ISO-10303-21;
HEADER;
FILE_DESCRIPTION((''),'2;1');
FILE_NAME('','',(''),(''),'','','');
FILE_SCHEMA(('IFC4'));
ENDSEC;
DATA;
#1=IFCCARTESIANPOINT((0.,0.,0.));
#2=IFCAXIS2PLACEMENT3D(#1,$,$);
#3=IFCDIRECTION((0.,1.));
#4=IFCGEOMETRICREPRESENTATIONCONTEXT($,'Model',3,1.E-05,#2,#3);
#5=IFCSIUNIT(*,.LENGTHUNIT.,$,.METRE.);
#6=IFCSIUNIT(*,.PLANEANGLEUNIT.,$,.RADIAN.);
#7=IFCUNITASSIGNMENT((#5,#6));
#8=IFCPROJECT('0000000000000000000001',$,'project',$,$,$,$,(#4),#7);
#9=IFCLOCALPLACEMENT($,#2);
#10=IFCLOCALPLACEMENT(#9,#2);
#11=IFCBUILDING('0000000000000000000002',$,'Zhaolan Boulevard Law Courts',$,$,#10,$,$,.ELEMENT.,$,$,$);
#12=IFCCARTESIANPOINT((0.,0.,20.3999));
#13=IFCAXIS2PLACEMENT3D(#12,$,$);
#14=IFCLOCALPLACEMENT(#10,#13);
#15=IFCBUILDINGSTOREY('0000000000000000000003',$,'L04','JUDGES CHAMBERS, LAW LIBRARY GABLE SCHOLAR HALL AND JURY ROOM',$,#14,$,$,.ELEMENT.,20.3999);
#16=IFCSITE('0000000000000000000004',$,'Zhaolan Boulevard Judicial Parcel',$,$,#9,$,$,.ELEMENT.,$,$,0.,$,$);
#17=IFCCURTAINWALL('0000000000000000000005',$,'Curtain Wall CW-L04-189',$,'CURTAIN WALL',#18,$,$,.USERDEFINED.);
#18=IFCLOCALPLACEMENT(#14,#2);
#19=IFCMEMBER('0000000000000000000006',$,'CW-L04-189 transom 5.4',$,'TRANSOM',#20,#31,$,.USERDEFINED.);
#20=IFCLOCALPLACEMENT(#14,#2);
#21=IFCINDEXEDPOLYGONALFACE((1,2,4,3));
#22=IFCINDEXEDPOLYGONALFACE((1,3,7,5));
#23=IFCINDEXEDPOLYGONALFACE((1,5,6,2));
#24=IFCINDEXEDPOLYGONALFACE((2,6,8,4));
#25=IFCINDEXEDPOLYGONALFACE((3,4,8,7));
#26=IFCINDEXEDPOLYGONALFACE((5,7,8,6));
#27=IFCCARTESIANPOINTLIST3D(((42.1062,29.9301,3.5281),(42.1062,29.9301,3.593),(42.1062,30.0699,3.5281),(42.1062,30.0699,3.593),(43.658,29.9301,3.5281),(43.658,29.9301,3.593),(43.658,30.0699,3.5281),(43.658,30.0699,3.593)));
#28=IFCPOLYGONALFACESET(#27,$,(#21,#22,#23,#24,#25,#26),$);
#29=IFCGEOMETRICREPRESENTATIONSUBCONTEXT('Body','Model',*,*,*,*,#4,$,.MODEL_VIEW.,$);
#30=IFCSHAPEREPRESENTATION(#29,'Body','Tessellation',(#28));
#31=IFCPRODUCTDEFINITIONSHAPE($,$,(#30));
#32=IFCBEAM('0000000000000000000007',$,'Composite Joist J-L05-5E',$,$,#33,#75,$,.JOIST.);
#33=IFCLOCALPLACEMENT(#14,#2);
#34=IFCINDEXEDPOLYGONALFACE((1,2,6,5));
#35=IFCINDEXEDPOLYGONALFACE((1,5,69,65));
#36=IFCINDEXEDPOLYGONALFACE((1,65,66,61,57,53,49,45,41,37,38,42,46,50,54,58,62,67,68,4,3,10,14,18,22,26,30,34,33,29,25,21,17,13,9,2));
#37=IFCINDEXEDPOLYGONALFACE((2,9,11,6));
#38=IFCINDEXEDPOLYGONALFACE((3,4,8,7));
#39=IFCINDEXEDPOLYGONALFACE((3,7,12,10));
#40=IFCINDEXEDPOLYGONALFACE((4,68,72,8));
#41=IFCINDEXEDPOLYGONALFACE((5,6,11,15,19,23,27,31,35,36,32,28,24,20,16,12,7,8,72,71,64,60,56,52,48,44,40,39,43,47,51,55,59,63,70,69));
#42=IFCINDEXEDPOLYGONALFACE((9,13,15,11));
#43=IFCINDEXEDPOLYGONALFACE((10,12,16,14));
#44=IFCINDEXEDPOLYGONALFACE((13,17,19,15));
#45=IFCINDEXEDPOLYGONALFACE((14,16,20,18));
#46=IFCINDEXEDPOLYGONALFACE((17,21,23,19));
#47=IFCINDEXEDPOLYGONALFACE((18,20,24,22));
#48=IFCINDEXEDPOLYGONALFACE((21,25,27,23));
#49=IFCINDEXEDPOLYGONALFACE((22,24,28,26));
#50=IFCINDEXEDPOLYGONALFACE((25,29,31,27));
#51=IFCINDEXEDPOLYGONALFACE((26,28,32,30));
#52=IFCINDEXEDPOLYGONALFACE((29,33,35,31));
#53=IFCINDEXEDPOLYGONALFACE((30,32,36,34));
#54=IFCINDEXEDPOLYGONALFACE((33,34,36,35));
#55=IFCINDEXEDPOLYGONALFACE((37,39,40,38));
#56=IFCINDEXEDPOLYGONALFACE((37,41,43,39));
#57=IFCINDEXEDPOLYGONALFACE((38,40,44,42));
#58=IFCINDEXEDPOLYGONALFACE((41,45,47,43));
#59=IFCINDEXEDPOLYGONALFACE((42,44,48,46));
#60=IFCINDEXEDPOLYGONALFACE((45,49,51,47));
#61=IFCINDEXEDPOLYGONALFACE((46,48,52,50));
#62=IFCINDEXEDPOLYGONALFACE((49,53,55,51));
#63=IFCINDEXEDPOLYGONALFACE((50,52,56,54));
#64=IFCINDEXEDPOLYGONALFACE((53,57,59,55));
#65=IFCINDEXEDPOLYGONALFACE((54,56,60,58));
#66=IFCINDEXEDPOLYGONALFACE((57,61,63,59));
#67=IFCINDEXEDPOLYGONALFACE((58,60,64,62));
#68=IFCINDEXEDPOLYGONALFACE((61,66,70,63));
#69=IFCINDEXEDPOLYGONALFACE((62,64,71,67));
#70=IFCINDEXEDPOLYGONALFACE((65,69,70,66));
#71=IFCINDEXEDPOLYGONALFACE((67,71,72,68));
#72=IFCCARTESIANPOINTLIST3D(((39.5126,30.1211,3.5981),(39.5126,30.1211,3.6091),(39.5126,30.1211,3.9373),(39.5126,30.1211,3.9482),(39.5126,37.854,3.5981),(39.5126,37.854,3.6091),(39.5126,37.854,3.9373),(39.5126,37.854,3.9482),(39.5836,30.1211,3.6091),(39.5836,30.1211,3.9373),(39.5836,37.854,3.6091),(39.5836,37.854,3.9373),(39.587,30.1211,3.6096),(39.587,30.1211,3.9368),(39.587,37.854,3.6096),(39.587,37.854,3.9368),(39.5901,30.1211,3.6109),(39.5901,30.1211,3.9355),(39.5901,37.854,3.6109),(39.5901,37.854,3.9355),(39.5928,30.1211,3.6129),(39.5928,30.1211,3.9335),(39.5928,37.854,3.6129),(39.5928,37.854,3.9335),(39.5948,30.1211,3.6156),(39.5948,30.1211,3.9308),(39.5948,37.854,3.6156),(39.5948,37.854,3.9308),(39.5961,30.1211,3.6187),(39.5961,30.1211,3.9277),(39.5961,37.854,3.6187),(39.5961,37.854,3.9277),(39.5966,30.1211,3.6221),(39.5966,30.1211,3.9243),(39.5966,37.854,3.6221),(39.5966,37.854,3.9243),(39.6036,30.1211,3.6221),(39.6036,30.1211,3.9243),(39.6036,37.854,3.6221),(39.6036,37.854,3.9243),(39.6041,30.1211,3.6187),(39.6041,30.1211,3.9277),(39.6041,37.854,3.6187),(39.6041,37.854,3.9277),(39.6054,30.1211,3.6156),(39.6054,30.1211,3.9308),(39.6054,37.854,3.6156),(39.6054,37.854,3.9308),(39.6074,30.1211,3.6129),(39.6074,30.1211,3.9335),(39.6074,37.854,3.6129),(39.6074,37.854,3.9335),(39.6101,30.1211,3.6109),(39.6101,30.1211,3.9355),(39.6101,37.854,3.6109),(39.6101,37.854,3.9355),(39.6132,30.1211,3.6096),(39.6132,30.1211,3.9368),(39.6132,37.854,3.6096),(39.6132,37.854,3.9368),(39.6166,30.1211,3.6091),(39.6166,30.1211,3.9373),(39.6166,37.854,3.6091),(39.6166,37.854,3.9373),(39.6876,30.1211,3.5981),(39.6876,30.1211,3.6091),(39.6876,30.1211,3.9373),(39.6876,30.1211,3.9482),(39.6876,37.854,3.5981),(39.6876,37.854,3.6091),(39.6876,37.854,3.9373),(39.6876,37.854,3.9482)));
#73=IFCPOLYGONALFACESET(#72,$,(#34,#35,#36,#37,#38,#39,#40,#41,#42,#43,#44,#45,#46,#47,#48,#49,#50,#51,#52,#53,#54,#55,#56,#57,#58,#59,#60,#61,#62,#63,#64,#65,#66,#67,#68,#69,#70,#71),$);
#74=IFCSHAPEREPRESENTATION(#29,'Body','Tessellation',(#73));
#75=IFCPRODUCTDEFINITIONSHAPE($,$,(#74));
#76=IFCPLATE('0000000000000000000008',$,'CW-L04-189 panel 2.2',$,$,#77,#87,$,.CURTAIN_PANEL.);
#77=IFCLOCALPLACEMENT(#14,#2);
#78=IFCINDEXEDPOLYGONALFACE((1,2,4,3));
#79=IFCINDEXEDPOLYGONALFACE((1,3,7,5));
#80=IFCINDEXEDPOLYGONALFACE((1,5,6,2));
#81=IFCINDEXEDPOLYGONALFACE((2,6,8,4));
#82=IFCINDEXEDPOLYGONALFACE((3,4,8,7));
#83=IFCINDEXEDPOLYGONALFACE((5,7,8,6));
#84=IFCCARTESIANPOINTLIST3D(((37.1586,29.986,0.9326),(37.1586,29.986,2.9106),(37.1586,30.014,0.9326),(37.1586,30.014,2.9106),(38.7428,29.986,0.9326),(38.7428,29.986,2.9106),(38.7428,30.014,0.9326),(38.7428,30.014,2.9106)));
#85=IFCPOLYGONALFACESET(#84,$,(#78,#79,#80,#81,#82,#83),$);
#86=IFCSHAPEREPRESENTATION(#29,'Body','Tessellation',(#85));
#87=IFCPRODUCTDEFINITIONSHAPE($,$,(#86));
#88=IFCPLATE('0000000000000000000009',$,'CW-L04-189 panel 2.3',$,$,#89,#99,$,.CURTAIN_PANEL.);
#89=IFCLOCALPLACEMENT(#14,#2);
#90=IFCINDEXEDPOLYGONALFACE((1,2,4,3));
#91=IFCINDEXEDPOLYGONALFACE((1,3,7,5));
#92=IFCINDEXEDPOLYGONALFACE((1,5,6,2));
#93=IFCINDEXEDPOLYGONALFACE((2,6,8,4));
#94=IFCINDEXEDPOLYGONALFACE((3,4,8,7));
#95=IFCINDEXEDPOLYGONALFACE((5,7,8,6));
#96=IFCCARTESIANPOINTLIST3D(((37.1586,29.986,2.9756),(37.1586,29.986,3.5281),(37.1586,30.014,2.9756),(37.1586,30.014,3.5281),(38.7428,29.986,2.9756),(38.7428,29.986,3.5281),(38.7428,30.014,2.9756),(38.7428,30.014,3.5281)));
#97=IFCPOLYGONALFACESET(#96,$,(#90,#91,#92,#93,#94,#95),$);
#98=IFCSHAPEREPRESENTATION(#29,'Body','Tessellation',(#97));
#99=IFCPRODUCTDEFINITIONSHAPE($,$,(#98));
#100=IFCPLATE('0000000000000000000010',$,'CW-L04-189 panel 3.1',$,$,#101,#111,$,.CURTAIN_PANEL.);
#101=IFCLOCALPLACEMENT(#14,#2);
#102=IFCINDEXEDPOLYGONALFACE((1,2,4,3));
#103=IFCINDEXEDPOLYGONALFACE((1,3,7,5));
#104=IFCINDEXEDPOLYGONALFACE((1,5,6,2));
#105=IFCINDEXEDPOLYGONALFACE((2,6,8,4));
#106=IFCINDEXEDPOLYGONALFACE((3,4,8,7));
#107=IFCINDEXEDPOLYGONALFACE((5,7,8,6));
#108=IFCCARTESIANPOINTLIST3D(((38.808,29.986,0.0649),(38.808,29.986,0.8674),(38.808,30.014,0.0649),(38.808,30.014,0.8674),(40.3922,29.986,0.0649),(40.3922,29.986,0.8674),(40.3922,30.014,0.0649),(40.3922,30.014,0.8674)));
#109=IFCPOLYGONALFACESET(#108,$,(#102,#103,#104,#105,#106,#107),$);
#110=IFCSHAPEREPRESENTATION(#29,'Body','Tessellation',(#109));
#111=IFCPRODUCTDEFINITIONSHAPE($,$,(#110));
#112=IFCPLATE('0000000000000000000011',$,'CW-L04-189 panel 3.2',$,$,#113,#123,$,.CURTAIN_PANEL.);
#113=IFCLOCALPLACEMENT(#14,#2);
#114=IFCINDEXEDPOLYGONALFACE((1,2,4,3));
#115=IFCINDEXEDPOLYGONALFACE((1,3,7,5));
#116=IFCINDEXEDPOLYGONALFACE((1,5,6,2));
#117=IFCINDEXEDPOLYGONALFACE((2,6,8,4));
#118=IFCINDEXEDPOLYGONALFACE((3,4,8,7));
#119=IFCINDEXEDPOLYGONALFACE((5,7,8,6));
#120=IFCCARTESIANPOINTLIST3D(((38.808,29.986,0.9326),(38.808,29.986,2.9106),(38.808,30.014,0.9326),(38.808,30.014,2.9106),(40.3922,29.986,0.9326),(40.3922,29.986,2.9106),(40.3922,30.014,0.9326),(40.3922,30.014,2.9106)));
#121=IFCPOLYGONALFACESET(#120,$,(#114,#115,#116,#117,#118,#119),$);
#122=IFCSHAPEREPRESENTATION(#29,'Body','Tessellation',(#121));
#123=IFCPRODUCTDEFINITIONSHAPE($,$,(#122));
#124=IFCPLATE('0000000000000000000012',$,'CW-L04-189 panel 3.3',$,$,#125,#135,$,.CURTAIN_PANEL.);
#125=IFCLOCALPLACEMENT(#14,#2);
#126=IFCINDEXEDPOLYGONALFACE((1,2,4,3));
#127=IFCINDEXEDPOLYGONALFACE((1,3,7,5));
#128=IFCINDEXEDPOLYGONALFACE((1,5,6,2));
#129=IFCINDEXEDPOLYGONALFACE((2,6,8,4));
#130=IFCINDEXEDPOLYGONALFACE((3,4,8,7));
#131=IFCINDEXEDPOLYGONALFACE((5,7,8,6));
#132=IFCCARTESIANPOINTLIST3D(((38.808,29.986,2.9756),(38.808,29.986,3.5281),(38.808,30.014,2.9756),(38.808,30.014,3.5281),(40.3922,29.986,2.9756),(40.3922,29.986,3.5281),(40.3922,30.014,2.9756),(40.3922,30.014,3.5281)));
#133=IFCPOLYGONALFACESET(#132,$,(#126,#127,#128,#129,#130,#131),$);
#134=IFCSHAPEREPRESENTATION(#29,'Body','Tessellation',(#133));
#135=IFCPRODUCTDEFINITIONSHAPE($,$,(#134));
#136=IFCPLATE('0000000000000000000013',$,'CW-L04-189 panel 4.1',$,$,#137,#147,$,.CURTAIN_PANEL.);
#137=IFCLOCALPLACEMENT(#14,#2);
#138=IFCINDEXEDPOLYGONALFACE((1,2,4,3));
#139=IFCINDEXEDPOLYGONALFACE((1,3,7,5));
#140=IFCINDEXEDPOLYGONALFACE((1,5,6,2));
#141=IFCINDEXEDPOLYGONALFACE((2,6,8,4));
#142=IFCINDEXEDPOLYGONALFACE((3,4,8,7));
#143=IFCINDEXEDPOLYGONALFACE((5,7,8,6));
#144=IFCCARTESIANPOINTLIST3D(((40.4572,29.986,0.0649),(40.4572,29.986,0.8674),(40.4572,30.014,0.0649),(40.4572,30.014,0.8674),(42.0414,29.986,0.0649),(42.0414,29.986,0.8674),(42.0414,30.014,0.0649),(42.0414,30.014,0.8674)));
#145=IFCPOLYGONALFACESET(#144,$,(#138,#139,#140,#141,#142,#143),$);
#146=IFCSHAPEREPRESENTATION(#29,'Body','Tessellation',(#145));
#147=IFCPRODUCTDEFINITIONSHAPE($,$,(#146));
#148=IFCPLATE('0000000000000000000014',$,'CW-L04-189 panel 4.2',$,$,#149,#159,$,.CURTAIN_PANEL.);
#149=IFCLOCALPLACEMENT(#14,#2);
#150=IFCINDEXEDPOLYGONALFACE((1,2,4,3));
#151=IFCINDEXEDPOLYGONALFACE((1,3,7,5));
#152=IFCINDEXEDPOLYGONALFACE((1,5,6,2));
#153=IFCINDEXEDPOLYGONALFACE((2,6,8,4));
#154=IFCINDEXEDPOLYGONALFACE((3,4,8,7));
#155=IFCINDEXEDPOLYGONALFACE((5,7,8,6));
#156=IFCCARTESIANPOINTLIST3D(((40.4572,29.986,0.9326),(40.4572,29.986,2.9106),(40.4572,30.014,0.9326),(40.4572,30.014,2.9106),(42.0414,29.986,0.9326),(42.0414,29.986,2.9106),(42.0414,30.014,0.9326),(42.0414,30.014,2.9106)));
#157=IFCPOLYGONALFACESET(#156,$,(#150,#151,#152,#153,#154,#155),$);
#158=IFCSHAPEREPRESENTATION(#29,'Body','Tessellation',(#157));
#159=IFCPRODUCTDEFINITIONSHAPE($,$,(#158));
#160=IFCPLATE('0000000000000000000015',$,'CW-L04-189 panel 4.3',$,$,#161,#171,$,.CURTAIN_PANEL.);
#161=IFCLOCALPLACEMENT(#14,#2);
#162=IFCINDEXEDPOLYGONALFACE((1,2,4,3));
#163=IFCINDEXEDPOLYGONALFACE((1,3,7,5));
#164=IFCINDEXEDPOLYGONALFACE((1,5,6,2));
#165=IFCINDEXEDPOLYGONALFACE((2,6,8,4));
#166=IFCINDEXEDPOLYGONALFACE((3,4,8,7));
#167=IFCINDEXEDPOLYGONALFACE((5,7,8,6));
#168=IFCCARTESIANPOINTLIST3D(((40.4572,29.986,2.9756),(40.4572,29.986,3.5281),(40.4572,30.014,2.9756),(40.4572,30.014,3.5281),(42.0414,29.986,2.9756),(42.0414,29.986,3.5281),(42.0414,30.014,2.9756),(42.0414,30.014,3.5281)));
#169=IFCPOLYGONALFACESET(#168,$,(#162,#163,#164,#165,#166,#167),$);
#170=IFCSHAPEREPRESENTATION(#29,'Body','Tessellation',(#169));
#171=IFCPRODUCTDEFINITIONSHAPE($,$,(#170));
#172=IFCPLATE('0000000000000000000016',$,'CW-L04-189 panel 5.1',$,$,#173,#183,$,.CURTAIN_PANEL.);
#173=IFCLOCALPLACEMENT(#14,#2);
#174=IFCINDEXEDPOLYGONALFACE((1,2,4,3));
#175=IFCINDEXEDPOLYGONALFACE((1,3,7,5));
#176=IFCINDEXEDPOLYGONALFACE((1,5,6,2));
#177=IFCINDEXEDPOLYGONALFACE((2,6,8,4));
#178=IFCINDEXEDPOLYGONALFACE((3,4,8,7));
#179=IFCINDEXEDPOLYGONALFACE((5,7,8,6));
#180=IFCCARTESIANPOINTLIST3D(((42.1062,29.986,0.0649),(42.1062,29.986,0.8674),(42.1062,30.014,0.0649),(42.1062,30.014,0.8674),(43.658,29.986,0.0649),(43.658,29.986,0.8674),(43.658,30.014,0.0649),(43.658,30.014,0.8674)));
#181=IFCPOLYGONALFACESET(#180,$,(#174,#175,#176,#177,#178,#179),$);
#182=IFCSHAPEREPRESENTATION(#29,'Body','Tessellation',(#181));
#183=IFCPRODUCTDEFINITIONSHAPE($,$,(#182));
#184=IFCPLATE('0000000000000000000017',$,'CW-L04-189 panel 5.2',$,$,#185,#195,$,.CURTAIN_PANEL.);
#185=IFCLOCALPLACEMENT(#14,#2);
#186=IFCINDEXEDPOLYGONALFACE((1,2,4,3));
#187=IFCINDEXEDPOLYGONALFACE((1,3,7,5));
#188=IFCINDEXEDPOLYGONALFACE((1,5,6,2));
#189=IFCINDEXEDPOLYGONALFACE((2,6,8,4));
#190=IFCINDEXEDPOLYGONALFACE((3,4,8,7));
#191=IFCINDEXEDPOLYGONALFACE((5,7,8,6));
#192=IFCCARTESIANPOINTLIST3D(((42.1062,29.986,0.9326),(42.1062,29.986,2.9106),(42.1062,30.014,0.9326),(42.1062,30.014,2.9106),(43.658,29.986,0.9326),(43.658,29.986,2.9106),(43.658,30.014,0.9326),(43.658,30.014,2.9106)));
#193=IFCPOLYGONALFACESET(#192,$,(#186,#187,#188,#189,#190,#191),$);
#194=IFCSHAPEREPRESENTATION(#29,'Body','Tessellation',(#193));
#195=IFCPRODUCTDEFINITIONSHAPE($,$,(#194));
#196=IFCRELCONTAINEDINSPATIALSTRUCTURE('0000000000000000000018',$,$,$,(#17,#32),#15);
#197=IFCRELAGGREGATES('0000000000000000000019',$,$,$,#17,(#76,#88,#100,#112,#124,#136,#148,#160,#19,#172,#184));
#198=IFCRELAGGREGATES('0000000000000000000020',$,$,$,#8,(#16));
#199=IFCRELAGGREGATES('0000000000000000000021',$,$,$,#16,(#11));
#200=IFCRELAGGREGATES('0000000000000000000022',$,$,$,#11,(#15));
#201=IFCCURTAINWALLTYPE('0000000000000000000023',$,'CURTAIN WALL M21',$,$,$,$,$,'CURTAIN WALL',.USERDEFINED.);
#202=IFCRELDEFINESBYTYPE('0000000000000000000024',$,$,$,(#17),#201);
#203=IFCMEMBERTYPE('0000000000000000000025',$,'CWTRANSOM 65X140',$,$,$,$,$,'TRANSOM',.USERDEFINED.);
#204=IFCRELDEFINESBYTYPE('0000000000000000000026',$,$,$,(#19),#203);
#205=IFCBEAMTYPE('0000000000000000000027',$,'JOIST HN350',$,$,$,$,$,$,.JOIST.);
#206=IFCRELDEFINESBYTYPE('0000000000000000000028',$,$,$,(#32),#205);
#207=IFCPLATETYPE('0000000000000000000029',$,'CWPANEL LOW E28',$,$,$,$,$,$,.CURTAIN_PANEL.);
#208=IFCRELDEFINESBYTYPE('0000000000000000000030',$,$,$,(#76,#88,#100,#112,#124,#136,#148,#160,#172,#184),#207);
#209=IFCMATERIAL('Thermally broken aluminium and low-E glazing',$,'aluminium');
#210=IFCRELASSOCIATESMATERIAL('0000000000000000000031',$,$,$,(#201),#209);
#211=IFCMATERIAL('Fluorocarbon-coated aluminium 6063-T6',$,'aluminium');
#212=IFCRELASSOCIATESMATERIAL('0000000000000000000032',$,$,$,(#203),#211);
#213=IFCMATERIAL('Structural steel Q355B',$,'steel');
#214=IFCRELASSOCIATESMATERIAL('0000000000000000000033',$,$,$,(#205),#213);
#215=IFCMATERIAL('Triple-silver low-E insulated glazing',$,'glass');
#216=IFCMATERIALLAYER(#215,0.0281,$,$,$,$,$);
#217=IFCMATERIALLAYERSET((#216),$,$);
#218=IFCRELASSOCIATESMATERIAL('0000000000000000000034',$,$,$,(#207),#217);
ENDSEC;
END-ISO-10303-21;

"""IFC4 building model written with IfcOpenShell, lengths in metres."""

from ifc_helpers import new_model, si_unit, direction, frame, origin, origin_2d, place, context, subcontext, project, spatial, rectangle, i_section, extrude, material, layer, layer_set, material_profile, profile_set, type_object, element, aggregate, save


model = new_model("IFC4")

# Units and contexts
model_context = context("Model", 3, precision=1e-05, world=origin(), true_north=direction((0.0, 1.0)))
body_context = subcontext(model_context, "Body", "Model", "MODEL_VIEW")
ifc_project = project(units=[si_unit("LENGTHUNIT", "METRE"), si_unit("PLANEANGLEUNIT", "RADIAN")], contexts=[model_context])

# Site, building, storey
site_placement = place(None, origin())
site = spatial("IfcSite", under=ifc_project, at=site_placement, Name="Zhaolan Boulevard Judicial Parcel", CompositionType="ELEMENT", RefElevation=0.0)
building_placement = place(site_placement, origin())
building = spatial("IfcBuilding", under=site, at=building_placement, Name="Zhaolan Boulevard Law Courts", CompositionType="ELEMENT")
storey_placement = place(building_placement, frame((0.0, 0.0, 20.3999)))
storey = spatial("IfcBuildingStorey", under=building, at=storey_placement, Name="L04", Description="JUDGES CHAMBERS, LAW LIBRARY GABLE SCHOLAR HALL AND JURY ROOM", CompositionType="ELEMENT", Elevation=20.3999)

# Curtain wall, member
ifc_material_1 = material(Name="Thermally broken aluminium and low-E glazing", Category="aluminium")
curtain_wall_type = type_object("IfcCurtainWallType", Name="CURTAIN WALL M21", ElementType="CURTAIN WALL", PredefinedType="USERDEFINED", material=ifc_material_1)
curtain_wall_placement = place(storey_placement, origin())
curtain_wall = element("IfcCurtainWall", 1, at=curtain_wall_placement, inside=storey, type_object=curtain_wall_type, Name="Curtain Wall CW-L04-189", ObjectType="CURTAIN WALL", PredefinedType="USERDEFINED")
ifc_material_2 = material(Name="Fluorocarbon-coated aluminium 6063-T6", Category="aluminium")
ifc_material_profile_1 = material_profile(ifc_material_2, rectangle(XDim=0.1399, YDim=0.0649, at=origin_2d()), Name="AL65x140")
ifc_profile_set_1 = profile_set([ifc_material_profile_1], Name="Fluorocarbon-coated aluminium 6063-T6")
member_type_1 = type_object("IfcMemberType", Name="CWTRANSOM 65X140", ElementType="TRANSOM", PredefinedType="USERDEFINED", material=ifc_profile_set_1)
member_1_placement = place(storey_placement, frame((42.1062, 30.0, 3.5605), z_axis=(1.0, 0.0, 0.0), x_axis=(0.0, 1.0, 0.0)))
member_1 = element("IfcMember", 2, at=member_1_placement, type_object=member_type_1, Name="CW-L04-189 transom 5.4", ObjectType="TRANSOM", PredefinedType="USERDEFINED", context=body_context, shape_type="SweptSolid", body=[
    extrude(rectangle(XDim=0.1399, YDim=0.0649, at=origin_2d()), origin(), (0.0, 0.0, 1.0), 1.5518),
])

# Beam
ifc_material_3 = material(Name="Structural steel Q355B", Category="steel")
ifc_material_profile_2 = material_profile(ifc_material_3, i_section(OverallWidth=0.175, OverallDepth=0.3501, WebThickness=0.0071, FlangeThickness=0.011, FilletRadius=0.0129, at=origin_2d()), Name="HN350x175")
ifc_profile_set_2 = profile_set([ifc_material_profile_2], Name="Structural steel Q355B")
beam_type = type_object("IfcBeamType", Name="JOIST HN350", PredefinedType="JOIST", material=ifc_profile_set_2)
beam_placement = place(storey_placement, frame((39.6001, 30.1211, 3.7732), z_axis=(0.0, 1.0, 0.0), x_axis=(-1.0, 0.0, 0.0)))
element("IfcBeam", 3, at=beam_placement, inside=storey, type_object=beam_type, Name="Composite Joist J-L05-5E", PredefinedType="JOIST", context=body_context, shape_type="SweptSolid", body=[
    extrude(i_section(OverallWidth=0.175, OverallDepth=0.3501, WebThickness=0.0071, FlangeThickness=0.011, FilletRadius=0.0129, at=origin_2d()), origin(), (0.0, 0.0, 1.0), 7.7329),
])

# Plates
ifc_material_4 = material(Name="Triple-silver low-E insulated glazing", Category="glass")
ifc_layer_1 = layer(ifc_material_4, 0.0281)
ifc_layer_set_1 = layer_set([ifc_layer_1])
plate_type = type_object("IfcPlateType", Name="CWPANEL LOW E28", PredefinedType="CURTAIN_PANEL", material=ifc_layer_set_1)
plate_1_placement = place(storey_placement, frame((37.9507, 30.0, 0.9326), z_axis=(0.0, 0.0, 1.0), x_axis=(1.0, 0.0, 0.0)))
plate_1 = element("IfcPlate", 4, at=plate_1_placement, type_object=plate_type, Name="CW-L04-189 panel 2.2", PredefinedType="CURTAIN_PANEL", context=body_context, shape_type="SweptSolid", body=[
    extrude(rectangle(XDim=1.5842, YDim=0.0281, at=origin_2d()), origin(), (0.0, 0.0, 1.0), 1.978),
])
plate_2_placement = place(storey_placement, frame((37.9507, 30.0, 2.9756), z_axis=(0.0, 0.0, 1.0), x_axis=(1.0, 0.0, 0.0)))
plate_2 = element("IfcPlate", 5, at=plate_2_placement, type_object=plate_type, Name="CW-L04-189 panel 2.3", PredefinedType="CURTAIN_PANEL", context=body_context, shape_type="SweptSolid", body=[
    extrude(rectangle(XDim=1.5842, YDim=0.0281, at=origin_2d()), origin(), (0.0, 0.0, 1.0), 0.5525),
])
plate_3_placement = place(storey_placement, frame((39.6001, 30.0, 0.0649), z_axis=(0.0, 0.0, 1.0), x_axis=(1.0, 0.0, 0.0)))
plate_3 = element("IfcPlate", 6, at=plate_3_placement, type_object=plate_type, Name="CW-L04-189 panel 3.1", PredefinedType="CURTAIN_PANEL", context=body_context, shape_type="SweptSolid", body=[
    extrude(rectangle(XDim=1.5842, YDim=0.0281, at=origin_2d()), origin(), (0.0, 0.0, 1.0), 0.8025),
])
plate_4_placement = place(storey_placement, frame((39.6001, 30.0, 0.9326), z_axis=(0.0, 0.0, 1.0), x_axis=(1.0, 0.0, 0.0)))
plate_4 = element("IfcPlate", 7, at=plate_4_placement, type_object=plate_type, Name="CW-L04-189 panel 3.2", PredefinedType="CURTAIN_PANEL", context=body_context, shape_type="SweptSolid", body=[
    extrude(rectangle(XDim=1.5842, YDim=0.0281, at=origin_2d()), origin(), (0.0, 0.0, 1.0), 1.978),
])
plate_5_placement = place(storey_placement, frame((39.6001, 30.0, 2.9756), z_axis=(0.0, 0.0, 1.0), x_axis=(1.0, 0.0, 0.0)))
plate_5 = element("IfcPlate", 8, at=plate_5_placement, type_object=plate_type, Name="CW-L04-189 panel 3.3", PredefinedType="CURTAIN_PANEL", context=body_context, shape_type="SweptSolid", body=[
    extrude(rectangle(XDim=1.5842, YDim=0.0281, at=origin_2d()), origin(), (0.0, 0.0, 1.0), 0.5525),
])
plate_6_placement = place(storey_placement, frame((41.2493, 30.0, 0.0649), z_axis=(0.0, 0.0, 1.0), x_axis=(1.0, 0.0, 0.0)))
plate_6 = element("IfcPlate", 9, at=plate_6_placement, type_object=plate_type, Name="CW-L04-189 panel 4.1", PredefinedType="CURTAIN_PANEL", context=body_context, shape_type="SweptSolid", body=[
    extrude(rectangle(XDim=1.5842, YDim=0.0281, at=origin_2d()), origin(), (0.0, 0.0, 1.0), 0.8025),
])
plate_7_placement = place(storey_placement, frame((41.2493, 30.0, 0.9326), z_axis=(0.0, 0.0, 1.0), x_axis=(1.0, 0.0, 0.0)))
plate_7 = element("IfcPlate", 10, at=plate_7_placement, type_object=plate_type, Name="CW-L04-189 panel 4.2", PredefinedType="CURTAIN_PANEL", context=body_context, shape_type="SweptSolid", body=[
    extrude(rectangle(XDim=1.5842, YDim=0.0281, at=origin_2d()), origin(), (0.0, 0.0, 1.0), 1.978),
])
plate_8_placement = place(storey_placement, frame((41.2493, 30.0, 2.9756), z_axis=(0.0, 0.0, 1.0), x_axis=(1.0, 0.0, 0.0)))
plate_8 = element("IfcPlate", 11, at=plate_8_placement, type_object=plate_type, Name="CW-L04-189 panel 4.3", PredefinedType="CURTAIN_PANEL", context=body_context, shape_type="SweptSolid", body=[
    extrude(rectangle(XDim=1.5842, YDim=0.0281, at=origin_2d()), origin(), (0.0, 0.0, 1.0), 0.5525),
])
plate_9_placement = place(storey_placement, frame((42.8821, 30.0, 0.0649), z_axis=(0.0, 0.0, 1.0), x_axis=(1.0, 0.0, 0.0)))
plate_9 = element("IfcPlate", 12, at=plate_9_placement, type_object=plate_type, Name="CW-L04-189 panel 5.1", PredefinedType="CURTAIN_PANEL", context=body_context, shape_type="SweptSolid", body=[
    extrude(rectangle(XDim=1.5518, YDim=0.0281, at=origin_2d()), origin(), (0.0, 0.0, 1.0), 0.8025),
])
plate_10_placement = place(storey_placement, frame((42.8821, 30.0, 0.9326), z_axis=(0.0, 0.0, 1.0), x_axis=(1.0, 0.0, 0.0)))
plate_10 = element("IfcPlate", 13, at=plate_10_placement, type_object=plate_type, Name="CW-L04-189 panel 5.2", PredefinedType="CURTAIN_PANEL", context=body_context, shape_type="SweptSolid", body=[
    extrude(rectangle(XDim=1.5518, YDim=0.0281, at=origin_2d()), origin(), (0.0, 0.0, 1.0), 1.978),
])
aggregate(curtain_wall, [plate_1, plate_2, plate_3, plate_4, plate_5, plate_6, plate_7, plate_8, member_1, plate_9, plate_10])

save(model, "model.ifc")
